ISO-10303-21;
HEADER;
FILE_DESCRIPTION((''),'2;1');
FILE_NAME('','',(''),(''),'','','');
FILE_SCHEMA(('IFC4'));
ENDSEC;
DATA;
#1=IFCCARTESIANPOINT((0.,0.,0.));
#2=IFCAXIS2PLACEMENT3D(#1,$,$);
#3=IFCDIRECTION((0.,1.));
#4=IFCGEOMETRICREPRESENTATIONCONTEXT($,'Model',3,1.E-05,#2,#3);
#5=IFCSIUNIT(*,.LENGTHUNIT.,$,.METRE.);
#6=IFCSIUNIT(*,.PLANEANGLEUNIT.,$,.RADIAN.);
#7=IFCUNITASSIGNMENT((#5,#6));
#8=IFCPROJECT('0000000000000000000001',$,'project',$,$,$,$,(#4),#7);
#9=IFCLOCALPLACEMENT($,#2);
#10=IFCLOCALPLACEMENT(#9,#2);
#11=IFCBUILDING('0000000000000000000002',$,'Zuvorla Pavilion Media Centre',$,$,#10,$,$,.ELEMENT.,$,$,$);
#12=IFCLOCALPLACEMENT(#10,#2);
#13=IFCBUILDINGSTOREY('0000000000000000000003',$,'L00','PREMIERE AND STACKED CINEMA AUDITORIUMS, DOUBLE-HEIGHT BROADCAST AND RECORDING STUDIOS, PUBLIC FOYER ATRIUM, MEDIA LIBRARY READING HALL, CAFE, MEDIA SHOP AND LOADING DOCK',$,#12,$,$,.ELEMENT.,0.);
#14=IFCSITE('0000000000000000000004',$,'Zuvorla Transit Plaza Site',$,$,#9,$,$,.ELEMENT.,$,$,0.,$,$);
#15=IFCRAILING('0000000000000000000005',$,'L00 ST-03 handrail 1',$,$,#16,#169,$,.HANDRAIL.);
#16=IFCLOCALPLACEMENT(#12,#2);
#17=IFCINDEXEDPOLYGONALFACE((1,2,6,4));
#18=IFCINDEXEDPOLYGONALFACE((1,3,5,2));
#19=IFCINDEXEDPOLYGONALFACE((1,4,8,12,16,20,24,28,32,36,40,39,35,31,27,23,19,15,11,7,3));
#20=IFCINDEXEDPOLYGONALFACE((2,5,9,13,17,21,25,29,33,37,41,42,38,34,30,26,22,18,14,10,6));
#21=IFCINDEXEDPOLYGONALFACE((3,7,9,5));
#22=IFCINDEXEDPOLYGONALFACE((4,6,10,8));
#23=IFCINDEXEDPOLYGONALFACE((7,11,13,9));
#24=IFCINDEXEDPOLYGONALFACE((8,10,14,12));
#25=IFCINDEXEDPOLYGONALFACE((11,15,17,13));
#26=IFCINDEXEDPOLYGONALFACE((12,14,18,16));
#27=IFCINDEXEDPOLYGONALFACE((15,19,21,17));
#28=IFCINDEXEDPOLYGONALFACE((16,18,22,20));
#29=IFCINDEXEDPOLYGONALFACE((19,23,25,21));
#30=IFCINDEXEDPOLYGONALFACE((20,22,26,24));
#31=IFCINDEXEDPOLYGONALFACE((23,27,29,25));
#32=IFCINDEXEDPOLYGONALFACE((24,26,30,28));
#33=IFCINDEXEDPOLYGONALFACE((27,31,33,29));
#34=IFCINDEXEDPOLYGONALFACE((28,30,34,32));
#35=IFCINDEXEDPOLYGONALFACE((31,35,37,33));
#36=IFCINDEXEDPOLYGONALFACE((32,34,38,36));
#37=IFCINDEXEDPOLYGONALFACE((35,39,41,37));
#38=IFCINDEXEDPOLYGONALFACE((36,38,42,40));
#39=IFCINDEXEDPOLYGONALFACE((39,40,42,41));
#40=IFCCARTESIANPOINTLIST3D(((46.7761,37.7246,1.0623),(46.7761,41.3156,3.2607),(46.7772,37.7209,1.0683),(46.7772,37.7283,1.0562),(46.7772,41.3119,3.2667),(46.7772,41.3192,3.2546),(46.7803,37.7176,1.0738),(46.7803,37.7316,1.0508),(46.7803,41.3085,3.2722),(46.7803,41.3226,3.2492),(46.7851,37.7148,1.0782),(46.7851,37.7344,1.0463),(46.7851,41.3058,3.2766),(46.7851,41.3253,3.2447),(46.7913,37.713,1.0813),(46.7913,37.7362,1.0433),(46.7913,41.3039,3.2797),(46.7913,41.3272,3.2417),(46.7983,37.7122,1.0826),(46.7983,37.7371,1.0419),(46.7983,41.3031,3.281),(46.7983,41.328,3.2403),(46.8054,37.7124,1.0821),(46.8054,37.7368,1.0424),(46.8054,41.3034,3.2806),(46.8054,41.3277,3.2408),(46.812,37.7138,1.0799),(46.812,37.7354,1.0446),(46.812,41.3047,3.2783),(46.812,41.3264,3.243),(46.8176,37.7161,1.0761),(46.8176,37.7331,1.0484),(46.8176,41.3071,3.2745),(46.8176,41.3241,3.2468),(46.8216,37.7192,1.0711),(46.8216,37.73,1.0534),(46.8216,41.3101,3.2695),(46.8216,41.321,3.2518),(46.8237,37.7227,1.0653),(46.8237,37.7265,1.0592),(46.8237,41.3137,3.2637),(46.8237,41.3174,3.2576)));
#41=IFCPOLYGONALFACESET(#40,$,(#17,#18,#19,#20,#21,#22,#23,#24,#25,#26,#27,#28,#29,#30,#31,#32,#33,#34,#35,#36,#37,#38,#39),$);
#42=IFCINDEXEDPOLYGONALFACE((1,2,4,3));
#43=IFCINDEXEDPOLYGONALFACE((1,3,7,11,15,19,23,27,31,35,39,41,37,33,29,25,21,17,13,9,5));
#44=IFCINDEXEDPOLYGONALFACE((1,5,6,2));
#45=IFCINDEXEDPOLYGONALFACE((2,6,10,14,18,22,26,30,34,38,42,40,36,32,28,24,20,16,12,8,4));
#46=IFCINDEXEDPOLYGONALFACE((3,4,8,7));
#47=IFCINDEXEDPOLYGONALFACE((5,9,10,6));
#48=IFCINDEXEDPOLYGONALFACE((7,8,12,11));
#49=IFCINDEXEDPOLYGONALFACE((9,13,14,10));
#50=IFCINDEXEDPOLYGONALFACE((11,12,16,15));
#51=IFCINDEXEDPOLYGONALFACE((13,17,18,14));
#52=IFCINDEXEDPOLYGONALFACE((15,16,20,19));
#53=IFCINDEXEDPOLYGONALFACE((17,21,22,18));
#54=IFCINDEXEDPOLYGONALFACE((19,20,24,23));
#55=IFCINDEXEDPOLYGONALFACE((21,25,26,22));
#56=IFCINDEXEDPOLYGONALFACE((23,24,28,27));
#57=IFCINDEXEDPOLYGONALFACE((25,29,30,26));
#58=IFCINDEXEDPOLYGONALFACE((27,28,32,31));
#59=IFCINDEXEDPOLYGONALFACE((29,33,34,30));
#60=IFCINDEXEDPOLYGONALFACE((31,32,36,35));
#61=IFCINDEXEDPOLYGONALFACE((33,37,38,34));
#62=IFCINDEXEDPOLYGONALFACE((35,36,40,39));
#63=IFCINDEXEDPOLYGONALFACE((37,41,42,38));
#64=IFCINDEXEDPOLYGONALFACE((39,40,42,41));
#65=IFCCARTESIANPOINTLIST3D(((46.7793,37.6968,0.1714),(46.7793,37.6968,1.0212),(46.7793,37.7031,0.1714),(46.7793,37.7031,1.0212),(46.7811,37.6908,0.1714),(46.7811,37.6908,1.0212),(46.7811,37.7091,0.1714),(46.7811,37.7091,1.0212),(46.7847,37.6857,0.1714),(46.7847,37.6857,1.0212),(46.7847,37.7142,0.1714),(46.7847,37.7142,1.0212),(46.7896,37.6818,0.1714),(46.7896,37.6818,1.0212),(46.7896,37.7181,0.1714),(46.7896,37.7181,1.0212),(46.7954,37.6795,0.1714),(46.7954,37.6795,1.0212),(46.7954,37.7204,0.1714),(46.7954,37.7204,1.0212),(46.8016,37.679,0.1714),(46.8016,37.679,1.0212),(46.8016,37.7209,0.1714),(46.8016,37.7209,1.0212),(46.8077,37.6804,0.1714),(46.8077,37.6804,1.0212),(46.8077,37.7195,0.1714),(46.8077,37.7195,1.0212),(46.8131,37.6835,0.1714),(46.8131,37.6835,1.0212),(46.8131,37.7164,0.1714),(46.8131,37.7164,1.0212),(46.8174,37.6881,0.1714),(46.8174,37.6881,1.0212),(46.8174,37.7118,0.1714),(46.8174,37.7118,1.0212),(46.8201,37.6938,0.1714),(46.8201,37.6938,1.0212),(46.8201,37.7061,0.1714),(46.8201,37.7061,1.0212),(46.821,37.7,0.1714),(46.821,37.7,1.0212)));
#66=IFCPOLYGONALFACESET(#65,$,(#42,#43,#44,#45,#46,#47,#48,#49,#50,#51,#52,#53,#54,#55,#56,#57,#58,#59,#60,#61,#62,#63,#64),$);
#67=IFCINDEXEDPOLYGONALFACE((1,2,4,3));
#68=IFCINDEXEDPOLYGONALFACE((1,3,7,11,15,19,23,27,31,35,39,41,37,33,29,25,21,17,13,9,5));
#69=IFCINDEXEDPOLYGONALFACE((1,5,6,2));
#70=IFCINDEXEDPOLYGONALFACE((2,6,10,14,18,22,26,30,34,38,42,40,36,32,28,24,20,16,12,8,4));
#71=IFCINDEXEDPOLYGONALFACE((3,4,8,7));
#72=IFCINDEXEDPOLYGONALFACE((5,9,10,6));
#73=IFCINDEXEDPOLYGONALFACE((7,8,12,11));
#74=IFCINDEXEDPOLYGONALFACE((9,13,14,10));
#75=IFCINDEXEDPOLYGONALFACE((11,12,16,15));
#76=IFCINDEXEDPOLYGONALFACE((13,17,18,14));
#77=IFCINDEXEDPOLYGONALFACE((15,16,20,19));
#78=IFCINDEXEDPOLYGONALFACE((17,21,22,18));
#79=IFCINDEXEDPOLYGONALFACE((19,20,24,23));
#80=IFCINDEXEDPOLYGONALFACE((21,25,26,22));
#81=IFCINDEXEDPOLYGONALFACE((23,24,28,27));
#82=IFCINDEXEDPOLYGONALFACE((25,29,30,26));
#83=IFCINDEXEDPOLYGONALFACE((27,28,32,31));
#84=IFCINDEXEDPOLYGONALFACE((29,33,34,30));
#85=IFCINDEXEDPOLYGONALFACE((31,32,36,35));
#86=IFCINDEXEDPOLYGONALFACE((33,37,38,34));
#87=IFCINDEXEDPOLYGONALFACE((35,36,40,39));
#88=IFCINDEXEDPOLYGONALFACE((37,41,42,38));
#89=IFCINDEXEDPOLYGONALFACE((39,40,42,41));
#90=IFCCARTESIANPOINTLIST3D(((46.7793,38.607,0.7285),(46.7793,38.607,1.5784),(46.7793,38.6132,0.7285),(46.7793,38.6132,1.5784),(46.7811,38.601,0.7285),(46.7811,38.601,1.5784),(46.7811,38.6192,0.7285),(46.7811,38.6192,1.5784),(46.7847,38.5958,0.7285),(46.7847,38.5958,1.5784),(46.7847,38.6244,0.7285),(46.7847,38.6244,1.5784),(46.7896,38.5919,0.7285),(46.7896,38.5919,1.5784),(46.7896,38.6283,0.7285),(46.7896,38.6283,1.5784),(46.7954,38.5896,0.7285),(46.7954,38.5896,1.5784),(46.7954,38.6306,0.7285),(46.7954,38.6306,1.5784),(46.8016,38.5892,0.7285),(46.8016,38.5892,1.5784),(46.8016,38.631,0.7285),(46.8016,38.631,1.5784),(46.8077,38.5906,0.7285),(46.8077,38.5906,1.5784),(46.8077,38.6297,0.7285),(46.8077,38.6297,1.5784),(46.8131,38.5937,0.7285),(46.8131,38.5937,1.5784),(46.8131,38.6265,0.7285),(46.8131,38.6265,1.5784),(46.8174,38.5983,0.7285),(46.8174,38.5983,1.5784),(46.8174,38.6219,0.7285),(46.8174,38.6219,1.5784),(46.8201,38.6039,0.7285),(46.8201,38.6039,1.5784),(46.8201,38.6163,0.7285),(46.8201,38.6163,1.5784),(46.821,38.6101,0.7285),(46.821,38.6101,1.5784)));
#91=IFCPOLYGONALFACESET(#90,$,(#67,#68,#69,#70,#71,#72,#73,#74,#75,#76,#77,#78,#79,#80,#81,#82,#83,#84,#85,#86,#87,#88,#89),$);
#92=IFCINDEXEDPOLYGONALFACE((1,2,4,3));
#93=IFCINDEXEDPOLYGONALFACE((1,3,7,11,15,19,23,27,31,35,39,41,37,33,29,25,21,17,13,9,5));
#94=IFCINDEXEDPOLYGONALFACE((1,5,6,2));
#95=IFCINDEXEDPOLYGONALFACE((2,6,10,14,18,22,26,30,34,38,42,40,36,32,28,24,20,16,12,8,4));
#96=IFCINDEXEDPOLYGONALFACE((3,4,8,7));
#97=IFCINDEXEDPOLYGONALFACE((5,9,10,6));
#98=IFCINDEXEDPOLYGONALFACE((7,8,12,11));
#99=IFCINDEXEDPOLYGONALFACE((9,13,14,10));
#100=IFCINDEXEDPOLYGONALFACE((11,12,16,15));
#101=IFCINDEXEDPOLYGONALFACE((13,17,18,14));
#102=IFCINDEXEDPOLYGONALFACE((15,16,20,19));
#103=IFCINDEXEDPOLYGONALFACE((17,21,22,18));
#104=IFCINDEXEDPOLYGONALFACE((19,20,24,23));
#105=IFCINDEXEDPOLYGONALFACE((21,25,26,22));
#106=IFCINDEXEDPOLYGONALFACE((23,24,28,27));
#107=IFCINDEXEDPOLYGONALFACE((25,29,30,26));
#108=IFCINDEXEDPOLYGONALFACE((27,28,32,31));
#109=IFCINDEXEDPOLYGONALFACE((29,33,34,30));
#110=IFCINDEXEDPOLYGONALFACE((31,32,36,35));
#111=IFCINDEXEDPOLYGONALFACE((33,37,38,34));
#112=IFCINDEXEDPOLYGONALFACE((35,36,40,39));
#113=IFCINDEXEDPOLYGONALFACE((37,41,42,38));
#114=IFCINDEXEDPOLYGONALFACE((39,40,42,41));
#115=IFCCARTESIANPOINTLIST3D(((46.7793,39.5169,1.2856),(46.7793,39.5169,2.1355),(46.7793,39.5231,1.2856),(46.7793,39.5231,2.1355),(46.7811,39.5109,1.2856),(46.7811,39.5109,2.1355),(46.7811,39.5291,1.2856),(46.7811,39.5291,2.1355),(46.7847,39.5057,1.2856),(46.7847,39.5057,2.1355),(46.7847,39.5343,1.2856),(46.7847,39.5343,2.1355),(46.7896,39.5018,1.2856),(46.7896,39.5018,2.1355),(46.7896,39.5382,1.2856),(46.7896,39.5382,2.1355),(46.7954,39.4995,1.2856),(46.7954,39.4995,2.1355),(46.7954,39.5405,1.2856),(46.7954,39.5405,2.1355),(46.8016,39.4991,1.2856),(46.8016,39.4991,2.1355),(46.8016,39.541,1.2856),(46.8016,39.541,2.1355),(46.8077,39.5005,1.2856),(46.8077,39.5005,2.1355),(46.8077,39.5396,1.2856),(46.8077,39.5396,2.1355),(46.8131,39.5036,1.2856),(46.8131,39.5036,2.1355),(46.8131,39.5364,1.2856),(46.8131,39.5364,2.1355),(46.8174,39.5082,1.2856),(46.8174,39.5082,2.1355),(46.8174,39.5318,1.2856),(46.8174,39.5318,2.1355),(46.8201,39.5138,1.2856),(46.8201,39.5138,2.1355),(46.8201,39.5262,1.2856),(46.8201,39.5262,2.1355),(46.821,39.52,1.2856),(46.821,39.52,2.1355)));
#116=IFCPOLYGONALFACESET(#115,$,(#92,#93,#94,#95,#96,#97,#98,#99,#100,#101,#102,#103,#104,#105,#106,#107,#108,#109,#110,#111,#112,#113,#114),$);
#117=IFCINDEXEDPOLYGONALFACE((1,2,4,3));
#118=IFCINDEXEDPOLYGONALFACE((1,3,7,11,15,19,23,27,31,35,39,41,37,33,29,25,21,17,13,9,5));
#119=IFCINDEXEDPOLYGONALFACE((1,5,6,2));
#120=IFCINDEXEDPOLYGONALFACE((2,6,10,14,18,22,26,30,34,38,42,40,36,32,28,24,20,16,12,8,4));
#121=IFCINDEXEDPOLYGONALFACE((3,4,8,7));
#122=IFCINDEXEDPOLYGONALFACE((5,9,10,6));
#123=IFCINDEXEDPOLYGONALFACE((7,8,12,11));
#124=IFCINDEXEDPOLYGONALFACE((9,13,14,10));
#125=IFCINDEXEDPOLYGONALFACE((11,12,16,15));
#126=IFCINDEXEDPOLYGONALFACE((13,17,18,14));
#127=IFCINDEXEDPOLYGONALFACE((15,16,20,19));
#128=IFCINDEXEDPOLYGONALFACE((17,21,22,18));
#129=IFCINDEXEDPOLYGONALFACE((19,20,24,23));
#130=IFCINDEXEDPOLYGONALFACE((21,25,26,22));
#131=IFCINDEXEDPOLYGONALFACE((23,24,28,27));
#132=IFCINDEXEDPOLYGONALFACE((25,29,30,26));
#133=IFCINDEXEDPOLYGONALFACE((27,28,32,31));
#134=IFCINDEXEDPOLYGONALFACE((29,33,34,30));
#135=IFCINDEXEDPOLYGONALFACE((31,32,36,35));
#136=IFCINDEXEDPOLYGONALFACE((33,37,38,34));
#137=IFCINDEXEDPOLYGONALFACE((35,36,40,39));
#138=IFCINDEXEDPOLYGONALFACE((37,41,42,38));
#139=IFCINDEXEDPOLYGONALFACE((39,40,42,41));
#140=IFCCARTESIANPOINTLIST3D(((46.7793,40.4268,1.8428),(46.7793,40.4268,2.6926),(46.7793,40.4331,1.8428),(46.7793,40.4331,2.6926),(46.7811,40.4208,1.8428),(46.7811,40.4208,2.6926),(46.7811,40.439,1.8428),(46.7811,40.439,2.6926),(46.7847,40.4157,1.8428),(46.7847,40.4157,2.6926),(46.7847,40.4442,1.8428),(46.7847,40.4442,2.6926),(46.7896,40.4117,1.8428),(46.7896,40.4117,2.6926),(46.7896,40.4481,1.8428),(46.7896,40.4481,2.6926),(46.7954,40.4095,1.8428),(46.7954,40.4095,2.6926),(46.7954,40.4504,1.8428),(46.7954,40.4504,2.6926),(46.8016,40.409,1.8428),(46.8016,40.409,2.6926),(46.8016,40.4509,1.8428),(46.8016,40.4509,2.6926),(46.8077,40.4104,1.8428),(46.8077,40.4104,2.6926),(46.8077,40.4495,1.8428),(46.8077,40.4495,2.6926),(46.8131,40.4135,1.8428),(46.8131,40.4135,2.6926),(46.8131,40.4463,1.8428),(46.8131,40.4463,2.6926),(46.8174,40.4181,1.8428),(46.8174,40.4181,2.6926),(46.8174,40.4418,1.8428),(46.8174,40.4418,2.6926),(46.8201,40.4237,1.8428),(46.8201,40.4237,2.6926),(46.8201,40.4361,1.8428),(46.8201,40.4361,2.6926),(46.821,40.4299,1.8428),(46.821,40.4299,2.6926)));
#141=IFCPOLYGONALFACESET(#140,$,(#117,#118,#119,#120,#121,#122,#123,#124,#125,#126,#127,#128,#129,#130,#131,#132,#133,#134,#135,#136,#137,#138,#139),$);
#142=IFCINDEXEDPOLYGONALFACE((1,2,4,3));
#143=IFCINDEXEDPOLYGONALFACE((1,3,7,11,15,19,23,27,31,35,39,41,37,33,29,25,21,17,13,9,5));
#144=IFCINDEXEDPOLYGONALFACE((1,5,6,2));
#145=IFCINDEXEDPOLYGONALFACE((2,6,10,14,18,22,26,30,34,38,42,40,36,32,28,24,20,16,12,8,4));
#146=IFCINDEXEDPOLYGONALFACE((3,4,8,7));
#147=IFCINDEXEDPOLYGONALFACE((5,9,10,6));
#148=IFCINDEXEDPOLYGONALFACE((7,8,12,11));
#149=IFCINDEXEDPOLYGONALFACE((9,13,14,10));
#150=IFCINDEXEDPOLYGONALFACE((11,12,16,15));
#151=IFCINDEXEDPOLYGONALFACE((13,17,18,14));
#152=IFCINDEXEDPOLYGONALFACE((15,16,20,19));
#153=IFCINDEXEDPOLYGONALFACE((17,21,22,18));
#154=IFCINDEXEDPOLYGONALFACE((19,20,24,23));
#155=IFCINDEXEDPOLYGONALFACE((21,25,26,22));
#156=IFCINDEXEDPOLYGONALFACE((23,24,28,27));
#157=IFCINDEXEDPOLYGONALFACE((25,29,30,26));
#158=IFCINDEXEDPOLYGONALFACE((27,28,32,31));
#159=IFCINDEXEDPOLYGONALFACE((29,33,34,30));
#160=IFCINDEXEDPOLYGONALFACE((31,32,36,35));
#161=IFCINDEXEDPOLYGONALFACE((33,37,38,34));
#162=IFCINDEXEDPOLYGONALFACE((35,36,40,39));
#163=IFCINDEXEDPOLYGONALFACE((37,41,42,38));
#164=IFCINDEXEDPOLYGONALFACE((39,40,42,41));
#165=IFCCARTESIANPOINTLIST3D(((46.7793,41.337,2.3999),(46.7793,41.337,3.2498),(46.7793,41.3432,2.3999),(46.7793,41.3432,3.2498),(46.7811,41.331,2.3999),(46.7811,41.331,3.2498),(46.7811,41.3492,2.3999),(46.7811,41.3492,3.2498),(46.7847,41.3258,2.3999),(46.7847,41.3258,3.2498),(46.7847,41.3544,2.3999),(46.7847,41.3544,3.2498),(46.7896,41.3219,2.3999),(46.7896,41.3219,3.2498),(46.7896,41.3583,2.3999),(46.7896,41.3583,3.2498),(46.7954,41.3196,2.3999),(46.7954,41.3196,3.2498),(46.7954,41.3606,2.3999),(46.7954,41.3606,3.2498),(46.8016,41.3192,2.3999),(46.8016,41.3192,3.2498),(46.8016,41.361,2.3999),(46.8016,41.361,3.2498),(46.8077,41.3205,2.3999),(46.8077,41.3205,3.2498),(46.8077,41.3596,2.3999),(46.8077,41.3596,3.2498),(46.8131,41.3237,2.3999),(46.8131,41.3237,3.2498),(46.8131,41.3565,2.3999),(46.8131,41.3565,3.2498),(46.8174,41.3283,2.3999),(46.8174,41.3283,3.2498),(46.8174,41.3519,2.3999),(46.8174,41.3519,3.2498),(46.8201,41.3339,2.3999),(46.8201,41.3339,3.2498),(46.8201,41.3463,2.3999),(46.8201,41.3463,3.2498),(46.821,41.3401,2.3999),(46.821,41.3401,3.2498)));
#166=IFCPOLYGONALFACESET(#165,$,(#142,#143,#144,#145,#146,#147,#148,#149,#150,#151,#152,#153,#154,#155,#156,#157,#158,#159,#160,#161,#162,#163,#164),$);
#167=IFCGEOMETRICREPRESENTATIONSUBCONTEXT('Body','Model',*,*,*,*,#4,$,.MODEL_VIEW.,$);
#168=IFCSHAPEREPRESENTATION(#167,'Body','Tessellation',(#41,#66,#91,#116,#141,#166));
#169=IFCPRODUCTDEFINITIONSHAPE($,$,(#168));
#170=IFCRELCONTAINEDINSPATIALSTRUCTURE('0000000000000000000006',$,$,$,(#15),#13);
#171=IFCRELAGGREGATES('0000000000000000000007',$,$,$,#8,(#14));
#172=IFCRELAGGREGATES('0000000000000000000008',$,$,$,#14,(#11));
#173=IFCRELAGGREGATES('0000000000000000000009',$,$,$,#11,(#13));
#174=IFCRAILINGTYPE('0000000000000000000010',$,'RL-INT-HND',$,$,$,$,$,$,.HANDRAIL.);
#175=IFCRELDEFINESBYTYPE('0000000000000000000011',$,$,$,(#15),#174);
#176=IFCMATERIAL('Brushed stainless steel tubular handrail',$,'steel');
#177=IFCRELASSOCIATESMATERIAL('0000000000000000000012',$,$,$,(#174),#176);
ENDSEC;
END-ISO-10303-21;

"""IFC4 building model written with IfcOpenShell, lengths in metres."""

from ifc_helpers import new_model, si_unit, direction, frame, origin, origin_2d, place, context, subcontext, project, spatial, circle, extrude, material, type_object, element, save


model = new_model("IFC4")

# Units and contexts
model_context = context("Model", 3, precision=1e-05, world=origin(), true_north=direction((0.0, 1.0)))
body_context = subcontext(model_context, "Body", "Model", "MODEL_VIEW")
ifc_project = project(units=[si_unit("LENGTHUNIT", "METRE"), si_unit("PLANEANGLEUNIT", "RADIAN")], contexts=[model_context])

# Site, building, storey
site_placement = place(None, origin())
site = spatial("IfcSite", under=ifc_project, at=site_placement, Name="Zuvorla Transit Plaza Site", CompositionType="ELEMENT", RefElevation=0.0)
building_placement = place(site_placement, origin())
building = spatial("IfcBuilding", under=site, at=building_placement, Name="Zuvorla Pavilion Media Centre", CompositionType="ELEMENT")
storey_placement = place(building_placement, origin())
storey = spatial("IfcBuildingStorey", under=building, at=storey_placement, Name="L00", Description="PREMIERE AND STACKED CINEMA AUDITORIUMS, DOUBLE-HEIGHT BROADCAST AND RECORDING STUDIOS, PUBLIC FOYER ATRIUM, MEDIA LIBRARY READING HALL, CAFE, MEDIA SHOP AND LOADING DOCK", CompositionType="ELEMENT", Elevation=0.0)

# Railing
ifc_material_1 = material(Name="Brushed stainless steel tubular handrail", Category="steel")
railing_type_1 = type_object("IfcRailingType", Name="RL-INT-HND", PredefinedType="HANDRAIL", material=ifc_material_1)
railing_1_placement = place(storey_placement, frame((46.8, 37.7, 0.1714)))
element("IfcRailing", 1, at=railing_1_placement, inside=storey, type_object=railing_type_1, Name="L00 ST-03 handrail 1", PredefinedType="HANDRAIL", context=body_context, shape_type="SweptSolid", body=[
    extrude(circle(Radius=0.0239, at=origin_2d()), frame((0.0, 0.0247, 0.8909), z_axis=(0.0, 0.852866, 0.52213), x_axis=(-1.0, 0.0, 0.0)), (0.0, 0.0, 1.0), 4.2104),
    extrude(circle(Radius=0.021, at=origin_2d()), origin(), (0.0, 0.0, 1.0), 0.8499),
    extrude(circle(Radius=0.021, at=origin_2d()), frame((0.0, 0.9102, 0.5571)), (0.0, 0.0, 1.0), 0.8499),
    extrude(circle(Radius=0.021, at=origin_2d()), frame((0.0, 1.8201, 1.1143)), (0.0, 0.0, 1.0), 0.8499),
    extrude(circle(Radius=0.021, at=origin_2d()), frame((0.0, 2.73, 1.6714)), (0.0, 0.0, 1.0), 0.8499),
    extrude(circle(Radius=0.021, at=origin_2d()), frame((0.0, 3.6401, 2.2285)), (0.0, 0.0, 1.0), 0.8499),
])

save(model, "model.ifc")
